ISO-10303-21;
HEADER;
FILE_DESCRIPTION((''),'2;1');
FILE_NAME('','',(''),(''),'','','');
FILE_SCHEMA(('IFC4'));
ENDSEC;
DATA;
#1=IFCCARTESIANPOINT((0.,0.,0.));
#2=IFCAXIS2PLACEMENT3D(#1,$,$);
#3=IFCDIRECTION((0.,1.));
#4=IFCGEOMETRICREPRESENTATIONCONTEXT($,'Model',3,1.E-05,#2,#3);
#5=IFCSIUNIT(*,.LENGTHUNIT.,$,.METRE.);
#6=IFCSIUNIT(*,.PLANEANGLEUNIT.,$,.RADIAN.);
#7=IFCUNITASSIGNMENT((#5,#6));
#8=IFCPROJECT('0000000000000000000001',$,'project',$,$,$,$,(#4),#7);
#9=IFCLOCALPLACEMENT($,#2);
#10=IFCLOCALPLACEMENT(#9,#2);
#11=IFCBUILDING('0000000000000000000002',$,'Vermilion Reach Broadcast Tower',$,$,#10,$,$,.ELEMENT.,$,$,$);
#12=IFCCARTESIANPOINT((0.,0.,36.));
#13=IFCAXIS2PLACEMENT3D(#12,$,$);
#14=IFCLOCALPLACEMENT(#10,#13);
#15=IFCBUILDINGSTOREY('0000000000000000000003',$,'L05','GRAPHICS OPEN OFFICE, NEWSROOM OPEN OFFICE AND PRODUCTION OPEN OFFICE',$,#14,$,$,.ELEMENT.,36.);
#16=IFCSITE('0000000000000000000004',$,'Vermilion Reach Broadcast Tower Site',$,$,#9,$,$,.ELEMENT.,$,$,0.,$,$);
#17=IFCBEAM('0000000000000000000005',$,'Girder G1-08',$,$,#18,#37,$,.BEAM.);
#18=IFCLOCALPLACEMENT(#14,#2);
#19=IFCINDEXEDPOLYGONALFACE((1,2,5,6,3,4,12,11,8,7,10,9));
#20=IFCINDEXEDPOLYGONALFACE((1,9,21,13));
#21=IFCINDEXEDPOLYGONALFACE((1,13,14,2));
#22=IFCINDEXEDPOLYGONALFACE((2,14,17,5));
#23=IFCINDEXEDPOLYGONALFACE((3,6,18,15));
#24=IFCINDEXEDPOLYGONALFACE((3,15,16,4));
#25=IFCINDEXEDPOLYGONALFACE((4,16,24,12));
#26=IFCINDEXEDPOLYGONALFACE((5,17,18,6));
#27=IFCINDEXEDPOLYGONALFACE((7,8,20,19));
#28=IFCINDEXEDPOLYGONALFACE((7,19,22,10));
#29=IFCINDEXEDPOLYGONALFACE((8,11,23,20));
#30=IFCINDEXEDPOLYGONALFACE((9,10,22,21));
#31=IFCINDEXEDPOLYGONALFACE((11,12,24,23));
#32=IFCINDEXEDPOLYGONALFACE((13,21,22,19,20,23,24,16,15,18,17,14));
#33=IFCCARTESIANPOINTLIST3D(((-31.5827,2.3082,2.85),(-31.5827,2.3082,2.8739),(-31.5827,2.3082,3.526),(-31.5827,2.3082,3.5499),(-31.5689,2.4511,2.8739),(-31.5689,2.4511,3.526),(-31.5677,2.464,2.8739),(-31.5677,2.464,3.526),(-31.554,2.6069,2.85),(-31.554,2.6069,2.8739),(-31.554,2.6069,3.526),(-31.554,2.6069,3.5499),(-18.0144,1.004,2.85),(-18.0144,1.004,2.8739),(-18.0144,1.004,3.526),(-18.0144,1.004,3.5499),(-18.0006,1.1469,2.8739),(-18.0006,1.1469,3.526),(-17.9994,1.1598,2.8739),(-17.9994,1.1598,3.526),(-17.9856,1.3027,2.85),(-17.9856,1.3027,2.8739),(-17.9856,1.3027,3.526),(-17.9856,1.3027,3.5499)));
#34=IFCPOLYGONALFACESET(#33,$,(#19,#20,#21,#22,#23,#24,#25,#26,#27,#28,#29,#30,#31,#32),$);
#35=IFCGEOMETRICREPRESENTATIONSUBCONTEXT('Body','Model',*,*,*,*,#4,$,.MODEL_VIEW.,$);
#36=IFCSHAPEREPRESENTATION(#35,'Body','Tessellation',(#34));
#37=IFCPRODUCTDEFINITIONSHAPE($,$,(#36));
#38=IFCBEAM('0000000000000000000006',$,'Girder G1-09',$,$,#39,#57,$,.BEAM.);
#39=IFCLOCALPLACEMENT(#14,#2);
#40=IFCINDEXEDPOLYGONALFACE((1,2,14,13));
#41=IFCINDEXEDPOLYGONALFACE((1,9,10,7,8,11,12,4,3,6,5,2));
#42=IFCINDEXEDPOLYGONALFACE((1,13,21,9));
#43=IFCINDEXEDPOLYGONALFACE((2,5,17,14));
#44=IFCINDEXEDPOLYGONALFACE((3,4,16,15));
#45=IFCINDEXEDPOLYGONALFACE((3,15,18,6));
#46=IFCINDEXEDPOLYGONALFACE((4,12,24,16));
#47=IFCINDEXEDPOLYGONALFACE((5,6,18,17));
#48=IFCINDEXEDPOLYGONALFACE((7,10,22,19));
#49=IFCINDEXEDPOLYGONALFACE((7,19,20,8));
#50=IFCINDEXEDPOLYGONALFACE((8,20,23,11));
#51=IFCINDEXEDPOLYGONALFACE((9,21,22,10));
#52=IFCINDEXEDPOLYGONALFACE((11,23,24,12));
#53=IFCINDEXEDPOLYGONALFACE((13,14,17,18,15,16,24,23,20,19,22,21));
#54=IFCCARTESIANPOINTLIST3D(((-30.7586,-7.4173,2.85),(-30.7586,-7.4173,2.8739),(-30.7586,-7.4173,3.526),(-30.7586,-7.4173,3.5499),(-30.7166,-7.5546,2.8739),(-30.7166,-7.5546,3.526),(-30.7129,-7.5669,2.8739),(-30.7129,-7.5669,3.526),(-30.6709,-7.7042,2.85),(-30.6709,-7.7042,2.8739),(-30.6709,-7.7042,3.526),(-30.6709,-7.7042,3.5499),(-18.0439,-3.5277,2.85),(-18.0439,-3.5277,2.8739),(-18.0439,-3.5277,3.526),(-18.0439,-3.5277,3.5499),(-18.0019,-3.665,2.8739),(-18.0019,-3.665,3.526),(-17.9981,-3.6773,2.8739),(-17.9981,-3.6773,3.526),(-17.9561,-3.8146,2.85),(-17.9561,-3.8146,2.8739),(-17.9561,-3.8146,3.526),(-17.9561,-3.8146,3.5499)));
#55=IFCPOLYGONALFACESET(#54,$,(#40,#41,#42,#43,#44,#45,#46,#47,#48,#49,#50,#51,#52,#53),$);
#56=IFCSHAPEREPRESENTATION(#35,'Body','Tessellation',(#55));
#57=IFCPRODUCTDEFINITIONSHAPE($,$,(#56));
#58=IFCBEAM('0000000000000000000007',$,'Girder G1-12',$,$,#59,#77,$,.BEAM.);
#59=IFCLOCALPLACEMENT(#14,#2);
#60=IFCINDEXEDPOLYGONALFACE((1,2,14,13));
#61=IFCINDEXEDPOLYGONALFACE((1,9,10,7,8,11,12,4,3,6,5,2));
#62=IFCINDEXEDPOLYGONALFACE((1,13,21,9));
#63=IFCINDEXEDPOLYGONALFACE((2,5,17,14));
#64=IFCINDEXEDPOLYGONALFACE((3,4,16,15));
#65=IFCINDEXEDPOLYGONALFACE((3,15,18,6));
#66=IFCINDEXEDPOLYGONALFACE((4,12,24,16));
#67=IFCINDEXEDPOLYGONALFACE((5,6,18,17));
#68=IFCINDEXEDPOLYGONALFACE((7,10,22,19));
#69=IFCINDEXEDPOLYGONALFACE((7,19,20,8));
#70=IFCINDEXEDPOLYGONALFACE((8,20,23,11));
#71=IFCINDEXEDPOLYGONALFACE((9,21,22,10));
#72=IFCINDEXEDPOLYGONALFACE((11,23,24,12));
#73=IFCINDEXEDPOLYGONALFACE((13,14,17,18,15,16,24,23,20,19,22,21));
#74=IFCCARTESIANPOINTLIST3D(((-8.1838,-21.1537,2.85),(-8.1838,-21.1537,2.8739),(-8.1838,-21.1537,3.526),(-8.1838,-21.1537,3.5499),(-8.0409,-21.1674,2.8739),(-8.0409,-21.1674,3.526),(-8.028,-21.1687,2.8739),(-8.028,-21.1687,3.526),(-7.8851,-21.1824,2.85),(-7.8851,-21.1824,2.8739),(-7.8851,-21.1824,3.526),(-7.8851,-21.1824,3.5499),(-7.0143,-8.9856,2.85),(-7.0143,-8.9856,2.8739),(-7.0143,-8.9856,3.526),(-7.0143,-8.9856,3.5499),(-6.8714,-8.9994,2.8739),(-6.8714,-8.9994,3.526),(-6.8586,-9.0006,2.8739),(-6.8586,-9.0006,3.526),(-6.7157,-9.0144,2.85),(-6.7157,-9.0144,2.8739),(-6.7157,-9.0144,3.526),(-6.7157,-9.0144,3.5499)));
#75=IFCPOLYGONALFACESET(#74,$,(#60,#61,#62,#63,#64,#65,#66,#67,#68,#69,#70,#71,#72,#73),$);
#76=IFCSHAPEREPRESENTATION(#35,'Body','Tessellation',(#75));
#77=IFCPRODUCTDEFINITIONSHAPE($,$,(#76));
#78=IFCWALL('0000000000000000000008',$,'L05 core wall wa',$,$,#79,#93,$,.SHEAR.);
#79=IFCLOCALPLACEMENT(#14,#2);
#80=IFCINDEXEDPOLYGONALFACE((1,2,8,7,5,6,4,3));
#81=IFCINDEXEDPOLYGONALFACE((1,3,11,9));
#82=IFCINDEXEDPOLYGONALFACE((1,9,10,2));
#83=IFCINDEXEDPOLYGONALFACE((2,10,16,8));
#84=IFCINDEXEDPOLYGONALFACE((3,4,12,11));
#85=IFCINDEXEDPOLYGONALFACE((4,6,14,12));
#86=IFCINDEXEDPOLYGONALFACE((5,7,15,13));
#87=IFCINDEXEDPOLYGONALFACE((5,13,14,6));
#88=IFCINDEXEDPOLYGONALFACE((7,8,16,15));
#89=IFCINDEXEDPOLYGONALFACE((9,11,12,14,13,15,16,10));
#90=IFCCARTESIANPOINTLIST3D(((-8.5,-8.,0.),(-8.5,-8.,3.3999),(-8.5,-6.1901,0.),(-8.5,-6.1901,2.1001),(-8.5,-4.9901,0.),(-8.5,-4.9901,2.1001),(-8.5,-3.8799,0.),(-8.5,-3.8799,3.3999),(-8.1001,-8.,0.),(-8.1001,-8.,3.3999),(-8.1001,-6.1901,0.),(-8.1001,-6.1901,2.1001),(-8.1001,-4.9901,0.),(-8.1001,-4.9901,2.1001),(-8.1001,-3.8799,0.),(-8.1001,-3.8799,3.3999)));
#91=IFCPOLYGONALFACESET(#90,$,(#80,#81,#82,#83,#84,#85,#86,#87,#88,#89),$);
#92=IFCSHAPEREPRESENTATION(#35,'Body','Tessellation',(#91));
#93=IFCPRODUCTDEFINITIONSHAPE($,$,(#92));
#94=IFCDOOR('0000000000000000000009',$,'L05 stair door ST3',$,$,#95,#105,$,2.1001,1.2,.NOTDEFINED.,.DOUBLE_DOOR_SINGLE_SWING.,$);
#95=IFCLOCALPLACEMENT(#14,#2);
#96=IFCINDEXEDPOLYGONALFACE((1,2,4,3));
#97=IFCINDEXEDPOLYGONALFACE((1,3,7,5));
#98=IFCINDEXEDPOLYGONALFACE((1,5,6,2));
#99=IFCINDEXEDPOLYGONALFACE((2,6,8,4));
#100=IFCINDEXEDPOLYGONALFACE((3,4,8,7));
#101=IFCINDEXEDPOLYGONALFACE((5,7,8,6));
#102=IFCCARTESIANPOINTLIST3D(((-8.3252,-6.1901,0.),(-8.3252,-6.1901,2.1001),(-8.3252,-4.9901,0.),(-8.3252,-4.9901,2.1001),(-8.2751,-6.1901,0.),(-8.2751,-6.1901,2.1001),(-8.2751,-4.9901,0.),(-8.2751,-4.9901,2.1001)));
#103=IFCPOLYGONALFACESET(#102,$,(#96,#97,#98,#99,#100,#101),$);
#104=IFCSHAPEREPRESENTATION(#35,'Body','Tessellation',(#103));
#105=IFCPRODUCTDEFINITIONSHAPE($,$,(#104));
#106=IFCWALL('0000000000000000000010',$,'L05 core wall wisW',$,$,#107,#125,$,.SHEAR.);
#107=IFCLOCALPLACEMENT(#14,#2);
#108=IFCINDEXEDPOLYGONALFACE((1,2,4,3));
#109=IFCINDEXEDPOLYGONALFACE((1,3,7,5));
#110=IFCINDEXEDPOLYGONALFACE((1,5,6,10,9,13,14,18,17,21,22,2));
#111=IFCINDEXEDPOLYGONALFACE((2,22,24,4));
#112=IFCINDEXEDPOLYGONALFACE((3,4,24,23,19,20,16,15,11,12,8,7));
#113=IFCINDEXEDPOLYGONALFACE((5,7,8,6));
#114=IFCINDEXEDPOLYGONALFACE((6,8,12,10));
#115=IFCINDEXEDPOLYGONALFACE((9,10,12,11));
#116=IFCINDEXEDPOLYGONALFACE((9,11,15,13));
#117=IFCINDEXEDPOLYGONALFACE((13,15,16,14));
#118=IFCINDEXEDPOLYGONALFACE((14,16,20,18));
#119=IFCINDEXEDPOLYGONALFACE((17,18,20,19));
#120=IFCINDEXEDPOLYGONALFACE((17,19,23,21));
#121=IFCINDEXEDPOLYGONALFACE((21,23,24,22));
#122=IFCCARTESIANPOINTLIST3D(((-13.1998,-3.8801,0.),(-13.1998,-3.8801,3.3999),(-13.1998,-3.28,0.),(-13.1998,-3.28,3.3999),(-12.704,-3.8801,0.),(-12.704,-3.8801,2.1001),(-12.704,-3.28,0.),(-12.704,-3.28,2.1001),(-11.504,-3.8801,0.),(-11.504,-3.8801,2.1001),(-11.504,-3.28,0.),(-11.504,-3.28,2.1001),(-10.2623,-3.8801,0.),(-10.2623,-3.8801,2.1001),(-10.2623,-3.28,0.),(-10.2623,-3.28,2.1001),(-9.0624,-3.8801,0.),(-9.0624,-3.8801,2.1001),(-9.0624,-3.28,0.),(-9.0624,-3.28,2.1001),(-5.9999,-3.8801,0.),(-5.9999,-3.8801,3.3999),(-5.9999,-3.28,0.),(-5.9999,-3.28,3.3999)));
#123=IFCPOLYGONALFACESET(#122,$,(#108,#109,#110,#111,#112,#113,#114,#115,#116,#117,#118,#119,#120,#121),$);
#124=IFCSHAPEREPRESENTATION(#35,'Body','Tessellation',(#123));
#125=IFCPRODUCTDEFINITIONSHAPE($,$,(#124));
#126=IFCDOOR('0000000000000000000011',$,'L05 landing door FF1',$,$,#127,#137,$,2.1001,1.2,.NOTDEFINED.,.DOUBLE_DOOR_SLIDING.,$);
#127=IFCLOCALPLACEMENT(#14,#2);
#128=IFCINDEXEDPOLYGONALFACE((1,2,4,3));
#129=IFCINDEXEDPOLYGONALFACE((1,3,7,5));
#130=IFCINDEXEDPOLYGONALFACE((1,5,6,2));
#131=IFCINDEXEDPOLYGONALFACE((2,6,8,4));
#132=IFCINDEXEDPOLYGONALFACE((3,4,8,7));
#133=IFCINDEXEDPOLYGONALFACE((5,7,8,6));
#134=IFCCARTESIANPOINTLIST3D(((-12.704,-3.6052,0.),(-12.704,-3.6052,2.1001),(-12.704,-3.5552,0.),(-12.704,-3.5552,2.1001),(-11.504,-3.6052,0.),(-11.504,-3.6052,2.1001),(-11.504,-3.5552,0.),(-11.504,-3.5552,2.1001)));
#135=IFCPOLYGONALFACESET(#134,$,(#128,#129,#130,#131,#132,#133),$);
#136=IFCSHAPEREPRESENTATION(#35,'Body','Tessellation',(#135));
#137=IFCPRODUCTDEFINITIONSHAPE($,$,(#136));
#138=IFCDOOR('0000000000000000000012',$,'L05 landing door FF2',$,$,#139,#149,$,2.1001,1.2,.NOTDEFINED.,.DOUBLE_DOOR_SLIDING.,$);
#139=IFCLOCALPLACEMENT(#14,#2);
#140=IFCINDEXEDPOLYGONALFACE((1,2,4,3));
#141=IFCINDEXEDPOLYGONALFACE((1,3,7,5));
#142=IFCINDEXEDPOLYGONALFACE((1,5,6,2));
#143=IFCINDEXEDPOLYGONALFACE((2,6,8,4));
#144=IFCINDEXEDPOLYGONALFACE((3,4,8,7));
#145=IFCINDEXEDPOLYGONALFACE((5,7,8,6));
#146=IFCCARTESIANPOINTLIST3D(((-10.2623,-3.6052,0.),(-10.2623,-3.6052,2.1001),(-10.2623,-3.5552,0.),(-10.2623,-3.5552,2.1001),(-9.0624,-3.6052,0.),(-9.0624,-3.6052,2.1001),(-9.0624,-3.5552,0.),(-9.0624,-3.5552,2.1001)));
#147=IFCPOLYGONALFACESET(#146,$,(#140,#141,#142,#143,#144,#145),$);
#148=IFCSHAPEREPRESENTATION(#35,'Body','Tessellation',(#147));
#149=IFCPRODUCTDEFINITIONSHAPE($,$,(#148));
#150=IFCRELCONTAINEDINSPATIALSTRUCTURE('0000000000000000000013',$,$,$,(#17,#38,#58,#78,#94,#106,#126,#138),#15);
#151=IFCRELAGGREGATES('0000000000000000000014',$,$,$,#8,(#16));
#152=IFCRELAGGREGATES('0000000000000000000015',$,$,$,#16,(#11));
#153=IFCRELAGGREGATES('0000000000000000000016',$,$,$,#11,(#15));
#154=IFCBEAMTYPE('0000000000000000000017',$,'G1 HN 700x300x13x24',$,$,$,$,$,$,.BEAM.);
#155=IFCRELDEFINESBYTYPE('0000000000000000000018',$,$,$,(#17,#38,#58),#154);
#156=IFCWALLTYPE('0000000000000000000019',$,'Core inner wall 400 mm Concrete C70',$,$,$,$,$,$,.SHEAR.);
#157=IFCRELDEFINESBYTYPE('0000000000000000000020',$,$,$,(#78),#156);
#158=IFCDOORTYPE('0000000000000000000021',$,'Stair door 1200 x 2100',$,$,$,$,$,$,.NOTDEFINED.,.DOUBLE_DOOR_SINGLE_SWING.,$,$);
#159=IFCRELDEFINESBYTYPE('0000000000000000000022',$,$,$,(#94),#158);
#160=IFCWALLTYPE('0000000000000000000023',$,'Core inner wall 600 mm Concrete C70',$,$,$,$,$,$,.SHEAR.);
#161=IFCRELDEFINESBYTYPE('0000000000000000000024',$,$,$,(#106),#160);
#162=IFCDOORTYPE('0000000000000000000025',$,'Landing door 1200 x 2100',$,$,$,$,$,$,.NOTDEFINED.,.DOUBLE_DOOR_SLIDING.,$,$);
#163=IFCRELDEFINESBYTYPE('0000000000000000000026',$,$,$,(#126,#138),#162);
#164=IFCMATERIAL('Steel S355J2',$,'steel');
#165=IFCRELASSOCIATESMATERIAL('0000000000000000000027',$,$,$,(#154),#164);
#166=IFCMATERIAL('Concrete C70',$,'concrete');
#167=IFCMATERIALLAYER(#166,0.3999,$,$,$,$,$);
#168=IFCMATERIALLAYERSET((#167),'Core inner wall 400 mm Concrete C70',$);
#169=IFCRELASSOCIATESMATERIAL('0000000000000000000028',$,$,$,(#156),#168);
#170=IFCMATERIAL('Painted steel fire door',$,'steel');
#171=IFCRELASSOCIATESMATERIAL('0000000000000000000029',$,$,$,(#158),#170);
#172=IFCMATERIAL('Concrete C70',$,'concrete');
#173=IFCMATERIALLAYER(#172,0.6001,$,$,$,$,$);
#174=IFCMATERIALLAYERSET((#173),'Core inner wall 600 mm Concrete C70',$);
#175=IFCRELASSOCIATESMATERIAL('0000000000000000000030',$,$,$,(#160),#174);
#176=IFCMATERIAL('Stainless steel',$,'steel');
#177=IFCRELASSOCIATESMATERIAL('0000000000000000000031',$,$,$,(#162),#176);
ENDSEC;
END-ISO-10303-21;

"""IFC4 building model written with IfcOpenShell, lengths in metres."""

from ifc_helpers import new_model, si_unit, direction, frame, frame_2d, origin, origin_2d, place, context, subcontext, project, spatial, rectangle, i_section, extrude, material, layer, layer_set, material_profile, profile_set, type_object, element, fill, save


model = new_model("IFC4")

# Units and contexts
model_context = context("Model", 3, precision=1e-05, world=origin(), true_north=direction((0.0, 1.0)))
body_context = subcontext(model_context, "Body", "Model", "MODEL_VIEW")
ifc_project = project(units=[si_unit("LENGTHUNIT", "METRE"), si_unit("PLANEANGLEUNIT", "RADIAN")], contexts=[model_context])

# Site, building, storey
site_placement = place(None, origin())
site = spatial("IfcSite", under=ifc_project, at=site_placement, Name="Vermilion Reach Broadcast Tower Site", CompositionType="ELEMENT", RefElevation=0.0)
building_placement = place(site_placement, origin())
building = spatial("IfcBuilding", under=site, at=building_placement, Name="Vermilion Reach Broadcast Tower", CompositionType="ELEMENT")
storey_placement = place(building_placement, frame((0.0, 0.0, 36.0)))
storey = spatial("IfcBuildingStorey", under=building, at=storey_placement, Name="L05", Description="GRAPHICS OPEN OFFICE, NEWSROOM OPEN OFFICE AND PRODUCTION OPEN OFFICE", CompositionType="ELEMENT", Elevation=36.0)

# Beams
ifc_material_1 = material(Name="Steel S355J2", Category="steel")
ifc_material_profile = material_profile(ifc_material_1, i_section(OverallWidth=0.3, OverallDepth=0.7, WebThickness=0.0129, FlangeThickness=0.0239, at=origin_2d()), Name="S355J2 HN 700x300x13x24")
ifc_profile_set = profile_set([ifc_material_profile], Name="Steel S355J2")
beam_type = type_object("IfcBeamType", Name="G1 HN 700x300x13x24", PredefinedType="BEAM", material=ifc_profile_set)
beam_1_placement = place(storey_placement, frame((-18.0, 1.1533, 3.2), z_axis=(-0.995412, 0.09568, 0.0), x_axis=(-0.09568, -0.995412, 0.0)))
element("IfcBeam", 1, at=beam_1_placement, inside=storey, type_object=beam_type, Name="Girder G1-08", PredefinedType="BEAM", context=body_context, shape_type="SweptSolid", body=[
    extrude(i_section(OverallWidth=0.3, OverallDepth=0.7, WebThickness=0.0129, FlangeThickness=0.0239, at=origin_2d()), origin(), (0.0, 0.0, 1.0), 13.6309),
])
beam_2_placement = place(storey_placement, frame((-18.0, -3.6711, 3.2), z_axis=(-0.956256, -0.292532, 0.0), x_axis=(0.292532, -0.956256, 0.0)))
element("IfcBeam", 2, at=beam_2_placement, inside=storey, type_object=beam_type, Name="Girder G1-09", PredefinedType="BEAM", context=body_context, shape_type="SweptSolid", body=[
    extrude(i_section(OverallWidth=0.3, OverallDepth=0.7, WebThickness=0.0129, FlangeThickness=0.0239, at=origin_2d()), origin(), (0.0, 0.0, 1.0), 13.2964),
])
beam_3_placement = place(storey_placement, frame((-6.865, -9.0, 3.2), z_axis=(-0.095667, -0.995413, 0.0), x_axis=(0.995413, -0.095667, 0.0)))
element("IfcBeam", 3, at=beam_3_placement, inside=storey, type_object=beam_type, Name="Girder G1-12", PredefinedType="BEAM", context=body_context, shape_type="SweptSolid", body=[
    extrude(i_section(OverallWidth=0.3, OverallDepth=0.7, WebThickness=0.0129, FlangeThickness=0.0239, at=origin_2d()), origin(), (0.0, 0.0, 1.0), 12.2241),
])

# Wall, opening, door
ifc_material_2 = material(Name="Concrete C70", Category="concrete")
ifc_layer_1 = layer(ifc_material_2, 0.3999)
ifc_layer_set_1 = layer_set([ifc_layer_1], Name="Core inner wall 400 mm Concrete C70")
wall_type_1 = type_object("IfcWallType", Name="Core inner wall 400 mm Concrete C70", PredefinedType="SHEAR", material=ifc_layer_set_1)
wall_1_placement = place(storey_placement, frame((-8.3, -3.8799, 0.0), z_axis=(0.0, 0.0, 1.0), x_axis=(0.0, -1.0, 0.0)))
wall_1 = element("IfcWall", 4, at=wall_1_placement, inside=storey, type_object=wall_type_1, Name="L05 core wall wa", PredefinedType="SHEAR", context=body_context, shape_type="SweptSolid", body=[
    extrude(rectangle(XDim=4.1201, YDim=0.3999, at=frame_2d((2.0601, 0.0))), origin(), (0.0, 0.0, 1.0), 3.3999),
])
opening_1_placement = place(wall_1_placement, frame((1.1101, 0.0, 0.0)))
opening_1 = element("IfcOpeningElement", 5, at=opening_1_placement, cuts=wall_1, PredefinedType="OPENING", context=body_context, shape_type="SweptSolid", body=[
    extrude(rectangle(XDim=1.2, YDim=2.1001, at=frame_2d((0.6001, 1.05))), frame((0.0, 0.21, 0.0), z_axis=(0.0, -1.0, 0.0), x_axis=(1.0, 0.0, 0.0)), (0.0, 0.0, 1.0), 0.4199),
])
ifc_material_3 = material(Name="Painted steel fire door", Category="steel")
door_type_1 = type_object("IfcDoorType", Name="Stair door 1200 x 2100", OperationType="DOUBLE_DOOR_SINGLE_SWING", PredefinedType="NOTDEFINED", material=ifc_material_3)
door_1_placement = place(opening_1_placement, origin())
door_1 = element("IfcDoor", 6, at=door_1_placement, inside=storey, type_object=door_type_1, Name="L05 stair door ST3", OperationType="DOUBLE_DOOR_SINGLE_SWING", OverallHeight=2.1001, OverallWidth=1.2, PredefinedType="NOTDEFINED", context=body_context, shape_type="SweptSolid", body=[
    extrude(rectangle(XDim=1.2, YDim=2.1001, at=frame_2d((0.6001, 1.05))), frame((0.0, 0.0249, 0.0), z_axis=(0.0, -1.0, 0.0), x_axis=(1.0, 0.0, 0.0)), (0.0, 0.0, 1.0), 0.05),
])
fill(opening_1, door_1)

# Wall, openings, doors
ifc_material_4 = material(Name="Concrete C70", Category="concrete")
ifc_layer_2 = layer(ifc_material_4, 0.6001)
ifc_layer_set_2 = layer_set([ifc_layer_2], Name="Core inner wall 600 mm Concrete C70")
wall_type_2 = type_object("IfcWallType", Name="Core inner wall 600 mm Concrete C70", PredefinedType="SHEAR", material=ifc_layer_set_2)
wall_2_placement = place(storey_placement, frame((-13.2, -3.5801, 0.0), z_axis=(0.0, 0.0, 1.0), x_axis=(1.0, 0.0, 0.0)))
wall_2 = element("IfcWall", 7, at=wall_2_placement, inside=storey, type_object=wall_type_2, Name="L05 core wall wisW", PredefinedType="SHEAR", context=body_context, shape_type="SweptSolid", body=[
    extrude(rectangle(XDim=7.2, YDim=0.6001, at=frame_2d((3.6001, 0.0))), origin(), (0.0, 0.0, 1.0), 3.3999),
])
opening_2_placement = place(wall_2_placement, frame((0.4958, 0.0, 0.0)))
opening_2 = element("IfcOpeningElement", 8, at=opening_2_placement, cuts=wall_2, PredefinedType="OPENING", context=body_context, shape_type="SweptSolid", body=[
    extrude(rectangle(XDim=1.2, YDim=2.1001, at=frame_2d((0.6001, 1.05))), frame((0.0, 0.3101, 0.0), z_axis=(0.0, -1.0, 0.0), x_axis=(1.0, 0.0, 0.0)), (0.0, 0.0, 1.0), 0.6201),
])
opening_3_placement = place(wall_2_placement, frame((2.9375, 0.0, 0.0)))
opening_3 = element("IfcOpeningElement", 9, at=opening_3_placement, cuts=wall_2, PredefinedType="OPENING", context=body_context, shape_type="SweptSolid", body=[
    extrude(rectangle(XDim=1.2, YDim=2.1001, at=frame_2d((0.6001, 1.05))), frame((0.0, 0.3101, 0.0), z_axis=(0.0, -1.0, 0.0), x_axis=(1.0, 0.0, 0.0)), (0.0, 0.0, 1.0), 0.6201),
])
ifc_material_5 = material(Name="Stainless steel", Category="steel")
door_type_2 = type_object("IfcDoorType", Name="Landing door 1200 x 2100", OperationType="DOUBLE_DOOR_SLIDING", PredefinedType="NOTDEFINED", material=ifc_material_5)
door_2_placement = place(opening_2_placement, origin())
door_2 = element("IfcDoor", 10, at=door_2_placement, inside=storey, type_object=door_type_2, Name="L05 landing door FF1", OperationType="DOUBLE_DOOR_SLIDING", OverallHeight=2.1001, OverallWidth=1.2, PredefinedType="NOTDEFINED", context=body_context, shape_type="SweptSolid", body=[
    extrude(rectangle(XDim=1.2, YDim=2.1001, at=frame_2d((0.6001, 1.05))), frame((0.0, 0.0249, 0.0), z_axis=(0.0, -1.0, 0.0), x_axis=(1.0, 0.0, 0.0)), (0.0, 0.0, 1.0), 0.05),
])
fill(opening_2, door_2)
door_3_placement = place(opening_3_placement, origin())
door_3 = element("IfcDoor", 11, at=door_3_placement, inside=storey, type_object=door_type_2, Name="L05 landing door FF2", OperationType="DOUBLE_DOOR_SLIDING", OverallHeight=2.1001, OverallWidth=1.2, PredefinedType="NOTDEFINED", context=body_context, shape_type="SweptSolid", body=[
    extrude(rectangle(XDim=1.2, YDim=2.1001, at=frame_2d((0.6001, 1.05))), frame((0.0, 0.0249, 0.0), z_axis=(0.0, -1.0, 0.0), x_axis=(1.0, 0.0, 0.0)), (0.0, 0.0, 1.0), 0.05),
])
fill(opening_3, door_3)

save(model, "model.ifc")
